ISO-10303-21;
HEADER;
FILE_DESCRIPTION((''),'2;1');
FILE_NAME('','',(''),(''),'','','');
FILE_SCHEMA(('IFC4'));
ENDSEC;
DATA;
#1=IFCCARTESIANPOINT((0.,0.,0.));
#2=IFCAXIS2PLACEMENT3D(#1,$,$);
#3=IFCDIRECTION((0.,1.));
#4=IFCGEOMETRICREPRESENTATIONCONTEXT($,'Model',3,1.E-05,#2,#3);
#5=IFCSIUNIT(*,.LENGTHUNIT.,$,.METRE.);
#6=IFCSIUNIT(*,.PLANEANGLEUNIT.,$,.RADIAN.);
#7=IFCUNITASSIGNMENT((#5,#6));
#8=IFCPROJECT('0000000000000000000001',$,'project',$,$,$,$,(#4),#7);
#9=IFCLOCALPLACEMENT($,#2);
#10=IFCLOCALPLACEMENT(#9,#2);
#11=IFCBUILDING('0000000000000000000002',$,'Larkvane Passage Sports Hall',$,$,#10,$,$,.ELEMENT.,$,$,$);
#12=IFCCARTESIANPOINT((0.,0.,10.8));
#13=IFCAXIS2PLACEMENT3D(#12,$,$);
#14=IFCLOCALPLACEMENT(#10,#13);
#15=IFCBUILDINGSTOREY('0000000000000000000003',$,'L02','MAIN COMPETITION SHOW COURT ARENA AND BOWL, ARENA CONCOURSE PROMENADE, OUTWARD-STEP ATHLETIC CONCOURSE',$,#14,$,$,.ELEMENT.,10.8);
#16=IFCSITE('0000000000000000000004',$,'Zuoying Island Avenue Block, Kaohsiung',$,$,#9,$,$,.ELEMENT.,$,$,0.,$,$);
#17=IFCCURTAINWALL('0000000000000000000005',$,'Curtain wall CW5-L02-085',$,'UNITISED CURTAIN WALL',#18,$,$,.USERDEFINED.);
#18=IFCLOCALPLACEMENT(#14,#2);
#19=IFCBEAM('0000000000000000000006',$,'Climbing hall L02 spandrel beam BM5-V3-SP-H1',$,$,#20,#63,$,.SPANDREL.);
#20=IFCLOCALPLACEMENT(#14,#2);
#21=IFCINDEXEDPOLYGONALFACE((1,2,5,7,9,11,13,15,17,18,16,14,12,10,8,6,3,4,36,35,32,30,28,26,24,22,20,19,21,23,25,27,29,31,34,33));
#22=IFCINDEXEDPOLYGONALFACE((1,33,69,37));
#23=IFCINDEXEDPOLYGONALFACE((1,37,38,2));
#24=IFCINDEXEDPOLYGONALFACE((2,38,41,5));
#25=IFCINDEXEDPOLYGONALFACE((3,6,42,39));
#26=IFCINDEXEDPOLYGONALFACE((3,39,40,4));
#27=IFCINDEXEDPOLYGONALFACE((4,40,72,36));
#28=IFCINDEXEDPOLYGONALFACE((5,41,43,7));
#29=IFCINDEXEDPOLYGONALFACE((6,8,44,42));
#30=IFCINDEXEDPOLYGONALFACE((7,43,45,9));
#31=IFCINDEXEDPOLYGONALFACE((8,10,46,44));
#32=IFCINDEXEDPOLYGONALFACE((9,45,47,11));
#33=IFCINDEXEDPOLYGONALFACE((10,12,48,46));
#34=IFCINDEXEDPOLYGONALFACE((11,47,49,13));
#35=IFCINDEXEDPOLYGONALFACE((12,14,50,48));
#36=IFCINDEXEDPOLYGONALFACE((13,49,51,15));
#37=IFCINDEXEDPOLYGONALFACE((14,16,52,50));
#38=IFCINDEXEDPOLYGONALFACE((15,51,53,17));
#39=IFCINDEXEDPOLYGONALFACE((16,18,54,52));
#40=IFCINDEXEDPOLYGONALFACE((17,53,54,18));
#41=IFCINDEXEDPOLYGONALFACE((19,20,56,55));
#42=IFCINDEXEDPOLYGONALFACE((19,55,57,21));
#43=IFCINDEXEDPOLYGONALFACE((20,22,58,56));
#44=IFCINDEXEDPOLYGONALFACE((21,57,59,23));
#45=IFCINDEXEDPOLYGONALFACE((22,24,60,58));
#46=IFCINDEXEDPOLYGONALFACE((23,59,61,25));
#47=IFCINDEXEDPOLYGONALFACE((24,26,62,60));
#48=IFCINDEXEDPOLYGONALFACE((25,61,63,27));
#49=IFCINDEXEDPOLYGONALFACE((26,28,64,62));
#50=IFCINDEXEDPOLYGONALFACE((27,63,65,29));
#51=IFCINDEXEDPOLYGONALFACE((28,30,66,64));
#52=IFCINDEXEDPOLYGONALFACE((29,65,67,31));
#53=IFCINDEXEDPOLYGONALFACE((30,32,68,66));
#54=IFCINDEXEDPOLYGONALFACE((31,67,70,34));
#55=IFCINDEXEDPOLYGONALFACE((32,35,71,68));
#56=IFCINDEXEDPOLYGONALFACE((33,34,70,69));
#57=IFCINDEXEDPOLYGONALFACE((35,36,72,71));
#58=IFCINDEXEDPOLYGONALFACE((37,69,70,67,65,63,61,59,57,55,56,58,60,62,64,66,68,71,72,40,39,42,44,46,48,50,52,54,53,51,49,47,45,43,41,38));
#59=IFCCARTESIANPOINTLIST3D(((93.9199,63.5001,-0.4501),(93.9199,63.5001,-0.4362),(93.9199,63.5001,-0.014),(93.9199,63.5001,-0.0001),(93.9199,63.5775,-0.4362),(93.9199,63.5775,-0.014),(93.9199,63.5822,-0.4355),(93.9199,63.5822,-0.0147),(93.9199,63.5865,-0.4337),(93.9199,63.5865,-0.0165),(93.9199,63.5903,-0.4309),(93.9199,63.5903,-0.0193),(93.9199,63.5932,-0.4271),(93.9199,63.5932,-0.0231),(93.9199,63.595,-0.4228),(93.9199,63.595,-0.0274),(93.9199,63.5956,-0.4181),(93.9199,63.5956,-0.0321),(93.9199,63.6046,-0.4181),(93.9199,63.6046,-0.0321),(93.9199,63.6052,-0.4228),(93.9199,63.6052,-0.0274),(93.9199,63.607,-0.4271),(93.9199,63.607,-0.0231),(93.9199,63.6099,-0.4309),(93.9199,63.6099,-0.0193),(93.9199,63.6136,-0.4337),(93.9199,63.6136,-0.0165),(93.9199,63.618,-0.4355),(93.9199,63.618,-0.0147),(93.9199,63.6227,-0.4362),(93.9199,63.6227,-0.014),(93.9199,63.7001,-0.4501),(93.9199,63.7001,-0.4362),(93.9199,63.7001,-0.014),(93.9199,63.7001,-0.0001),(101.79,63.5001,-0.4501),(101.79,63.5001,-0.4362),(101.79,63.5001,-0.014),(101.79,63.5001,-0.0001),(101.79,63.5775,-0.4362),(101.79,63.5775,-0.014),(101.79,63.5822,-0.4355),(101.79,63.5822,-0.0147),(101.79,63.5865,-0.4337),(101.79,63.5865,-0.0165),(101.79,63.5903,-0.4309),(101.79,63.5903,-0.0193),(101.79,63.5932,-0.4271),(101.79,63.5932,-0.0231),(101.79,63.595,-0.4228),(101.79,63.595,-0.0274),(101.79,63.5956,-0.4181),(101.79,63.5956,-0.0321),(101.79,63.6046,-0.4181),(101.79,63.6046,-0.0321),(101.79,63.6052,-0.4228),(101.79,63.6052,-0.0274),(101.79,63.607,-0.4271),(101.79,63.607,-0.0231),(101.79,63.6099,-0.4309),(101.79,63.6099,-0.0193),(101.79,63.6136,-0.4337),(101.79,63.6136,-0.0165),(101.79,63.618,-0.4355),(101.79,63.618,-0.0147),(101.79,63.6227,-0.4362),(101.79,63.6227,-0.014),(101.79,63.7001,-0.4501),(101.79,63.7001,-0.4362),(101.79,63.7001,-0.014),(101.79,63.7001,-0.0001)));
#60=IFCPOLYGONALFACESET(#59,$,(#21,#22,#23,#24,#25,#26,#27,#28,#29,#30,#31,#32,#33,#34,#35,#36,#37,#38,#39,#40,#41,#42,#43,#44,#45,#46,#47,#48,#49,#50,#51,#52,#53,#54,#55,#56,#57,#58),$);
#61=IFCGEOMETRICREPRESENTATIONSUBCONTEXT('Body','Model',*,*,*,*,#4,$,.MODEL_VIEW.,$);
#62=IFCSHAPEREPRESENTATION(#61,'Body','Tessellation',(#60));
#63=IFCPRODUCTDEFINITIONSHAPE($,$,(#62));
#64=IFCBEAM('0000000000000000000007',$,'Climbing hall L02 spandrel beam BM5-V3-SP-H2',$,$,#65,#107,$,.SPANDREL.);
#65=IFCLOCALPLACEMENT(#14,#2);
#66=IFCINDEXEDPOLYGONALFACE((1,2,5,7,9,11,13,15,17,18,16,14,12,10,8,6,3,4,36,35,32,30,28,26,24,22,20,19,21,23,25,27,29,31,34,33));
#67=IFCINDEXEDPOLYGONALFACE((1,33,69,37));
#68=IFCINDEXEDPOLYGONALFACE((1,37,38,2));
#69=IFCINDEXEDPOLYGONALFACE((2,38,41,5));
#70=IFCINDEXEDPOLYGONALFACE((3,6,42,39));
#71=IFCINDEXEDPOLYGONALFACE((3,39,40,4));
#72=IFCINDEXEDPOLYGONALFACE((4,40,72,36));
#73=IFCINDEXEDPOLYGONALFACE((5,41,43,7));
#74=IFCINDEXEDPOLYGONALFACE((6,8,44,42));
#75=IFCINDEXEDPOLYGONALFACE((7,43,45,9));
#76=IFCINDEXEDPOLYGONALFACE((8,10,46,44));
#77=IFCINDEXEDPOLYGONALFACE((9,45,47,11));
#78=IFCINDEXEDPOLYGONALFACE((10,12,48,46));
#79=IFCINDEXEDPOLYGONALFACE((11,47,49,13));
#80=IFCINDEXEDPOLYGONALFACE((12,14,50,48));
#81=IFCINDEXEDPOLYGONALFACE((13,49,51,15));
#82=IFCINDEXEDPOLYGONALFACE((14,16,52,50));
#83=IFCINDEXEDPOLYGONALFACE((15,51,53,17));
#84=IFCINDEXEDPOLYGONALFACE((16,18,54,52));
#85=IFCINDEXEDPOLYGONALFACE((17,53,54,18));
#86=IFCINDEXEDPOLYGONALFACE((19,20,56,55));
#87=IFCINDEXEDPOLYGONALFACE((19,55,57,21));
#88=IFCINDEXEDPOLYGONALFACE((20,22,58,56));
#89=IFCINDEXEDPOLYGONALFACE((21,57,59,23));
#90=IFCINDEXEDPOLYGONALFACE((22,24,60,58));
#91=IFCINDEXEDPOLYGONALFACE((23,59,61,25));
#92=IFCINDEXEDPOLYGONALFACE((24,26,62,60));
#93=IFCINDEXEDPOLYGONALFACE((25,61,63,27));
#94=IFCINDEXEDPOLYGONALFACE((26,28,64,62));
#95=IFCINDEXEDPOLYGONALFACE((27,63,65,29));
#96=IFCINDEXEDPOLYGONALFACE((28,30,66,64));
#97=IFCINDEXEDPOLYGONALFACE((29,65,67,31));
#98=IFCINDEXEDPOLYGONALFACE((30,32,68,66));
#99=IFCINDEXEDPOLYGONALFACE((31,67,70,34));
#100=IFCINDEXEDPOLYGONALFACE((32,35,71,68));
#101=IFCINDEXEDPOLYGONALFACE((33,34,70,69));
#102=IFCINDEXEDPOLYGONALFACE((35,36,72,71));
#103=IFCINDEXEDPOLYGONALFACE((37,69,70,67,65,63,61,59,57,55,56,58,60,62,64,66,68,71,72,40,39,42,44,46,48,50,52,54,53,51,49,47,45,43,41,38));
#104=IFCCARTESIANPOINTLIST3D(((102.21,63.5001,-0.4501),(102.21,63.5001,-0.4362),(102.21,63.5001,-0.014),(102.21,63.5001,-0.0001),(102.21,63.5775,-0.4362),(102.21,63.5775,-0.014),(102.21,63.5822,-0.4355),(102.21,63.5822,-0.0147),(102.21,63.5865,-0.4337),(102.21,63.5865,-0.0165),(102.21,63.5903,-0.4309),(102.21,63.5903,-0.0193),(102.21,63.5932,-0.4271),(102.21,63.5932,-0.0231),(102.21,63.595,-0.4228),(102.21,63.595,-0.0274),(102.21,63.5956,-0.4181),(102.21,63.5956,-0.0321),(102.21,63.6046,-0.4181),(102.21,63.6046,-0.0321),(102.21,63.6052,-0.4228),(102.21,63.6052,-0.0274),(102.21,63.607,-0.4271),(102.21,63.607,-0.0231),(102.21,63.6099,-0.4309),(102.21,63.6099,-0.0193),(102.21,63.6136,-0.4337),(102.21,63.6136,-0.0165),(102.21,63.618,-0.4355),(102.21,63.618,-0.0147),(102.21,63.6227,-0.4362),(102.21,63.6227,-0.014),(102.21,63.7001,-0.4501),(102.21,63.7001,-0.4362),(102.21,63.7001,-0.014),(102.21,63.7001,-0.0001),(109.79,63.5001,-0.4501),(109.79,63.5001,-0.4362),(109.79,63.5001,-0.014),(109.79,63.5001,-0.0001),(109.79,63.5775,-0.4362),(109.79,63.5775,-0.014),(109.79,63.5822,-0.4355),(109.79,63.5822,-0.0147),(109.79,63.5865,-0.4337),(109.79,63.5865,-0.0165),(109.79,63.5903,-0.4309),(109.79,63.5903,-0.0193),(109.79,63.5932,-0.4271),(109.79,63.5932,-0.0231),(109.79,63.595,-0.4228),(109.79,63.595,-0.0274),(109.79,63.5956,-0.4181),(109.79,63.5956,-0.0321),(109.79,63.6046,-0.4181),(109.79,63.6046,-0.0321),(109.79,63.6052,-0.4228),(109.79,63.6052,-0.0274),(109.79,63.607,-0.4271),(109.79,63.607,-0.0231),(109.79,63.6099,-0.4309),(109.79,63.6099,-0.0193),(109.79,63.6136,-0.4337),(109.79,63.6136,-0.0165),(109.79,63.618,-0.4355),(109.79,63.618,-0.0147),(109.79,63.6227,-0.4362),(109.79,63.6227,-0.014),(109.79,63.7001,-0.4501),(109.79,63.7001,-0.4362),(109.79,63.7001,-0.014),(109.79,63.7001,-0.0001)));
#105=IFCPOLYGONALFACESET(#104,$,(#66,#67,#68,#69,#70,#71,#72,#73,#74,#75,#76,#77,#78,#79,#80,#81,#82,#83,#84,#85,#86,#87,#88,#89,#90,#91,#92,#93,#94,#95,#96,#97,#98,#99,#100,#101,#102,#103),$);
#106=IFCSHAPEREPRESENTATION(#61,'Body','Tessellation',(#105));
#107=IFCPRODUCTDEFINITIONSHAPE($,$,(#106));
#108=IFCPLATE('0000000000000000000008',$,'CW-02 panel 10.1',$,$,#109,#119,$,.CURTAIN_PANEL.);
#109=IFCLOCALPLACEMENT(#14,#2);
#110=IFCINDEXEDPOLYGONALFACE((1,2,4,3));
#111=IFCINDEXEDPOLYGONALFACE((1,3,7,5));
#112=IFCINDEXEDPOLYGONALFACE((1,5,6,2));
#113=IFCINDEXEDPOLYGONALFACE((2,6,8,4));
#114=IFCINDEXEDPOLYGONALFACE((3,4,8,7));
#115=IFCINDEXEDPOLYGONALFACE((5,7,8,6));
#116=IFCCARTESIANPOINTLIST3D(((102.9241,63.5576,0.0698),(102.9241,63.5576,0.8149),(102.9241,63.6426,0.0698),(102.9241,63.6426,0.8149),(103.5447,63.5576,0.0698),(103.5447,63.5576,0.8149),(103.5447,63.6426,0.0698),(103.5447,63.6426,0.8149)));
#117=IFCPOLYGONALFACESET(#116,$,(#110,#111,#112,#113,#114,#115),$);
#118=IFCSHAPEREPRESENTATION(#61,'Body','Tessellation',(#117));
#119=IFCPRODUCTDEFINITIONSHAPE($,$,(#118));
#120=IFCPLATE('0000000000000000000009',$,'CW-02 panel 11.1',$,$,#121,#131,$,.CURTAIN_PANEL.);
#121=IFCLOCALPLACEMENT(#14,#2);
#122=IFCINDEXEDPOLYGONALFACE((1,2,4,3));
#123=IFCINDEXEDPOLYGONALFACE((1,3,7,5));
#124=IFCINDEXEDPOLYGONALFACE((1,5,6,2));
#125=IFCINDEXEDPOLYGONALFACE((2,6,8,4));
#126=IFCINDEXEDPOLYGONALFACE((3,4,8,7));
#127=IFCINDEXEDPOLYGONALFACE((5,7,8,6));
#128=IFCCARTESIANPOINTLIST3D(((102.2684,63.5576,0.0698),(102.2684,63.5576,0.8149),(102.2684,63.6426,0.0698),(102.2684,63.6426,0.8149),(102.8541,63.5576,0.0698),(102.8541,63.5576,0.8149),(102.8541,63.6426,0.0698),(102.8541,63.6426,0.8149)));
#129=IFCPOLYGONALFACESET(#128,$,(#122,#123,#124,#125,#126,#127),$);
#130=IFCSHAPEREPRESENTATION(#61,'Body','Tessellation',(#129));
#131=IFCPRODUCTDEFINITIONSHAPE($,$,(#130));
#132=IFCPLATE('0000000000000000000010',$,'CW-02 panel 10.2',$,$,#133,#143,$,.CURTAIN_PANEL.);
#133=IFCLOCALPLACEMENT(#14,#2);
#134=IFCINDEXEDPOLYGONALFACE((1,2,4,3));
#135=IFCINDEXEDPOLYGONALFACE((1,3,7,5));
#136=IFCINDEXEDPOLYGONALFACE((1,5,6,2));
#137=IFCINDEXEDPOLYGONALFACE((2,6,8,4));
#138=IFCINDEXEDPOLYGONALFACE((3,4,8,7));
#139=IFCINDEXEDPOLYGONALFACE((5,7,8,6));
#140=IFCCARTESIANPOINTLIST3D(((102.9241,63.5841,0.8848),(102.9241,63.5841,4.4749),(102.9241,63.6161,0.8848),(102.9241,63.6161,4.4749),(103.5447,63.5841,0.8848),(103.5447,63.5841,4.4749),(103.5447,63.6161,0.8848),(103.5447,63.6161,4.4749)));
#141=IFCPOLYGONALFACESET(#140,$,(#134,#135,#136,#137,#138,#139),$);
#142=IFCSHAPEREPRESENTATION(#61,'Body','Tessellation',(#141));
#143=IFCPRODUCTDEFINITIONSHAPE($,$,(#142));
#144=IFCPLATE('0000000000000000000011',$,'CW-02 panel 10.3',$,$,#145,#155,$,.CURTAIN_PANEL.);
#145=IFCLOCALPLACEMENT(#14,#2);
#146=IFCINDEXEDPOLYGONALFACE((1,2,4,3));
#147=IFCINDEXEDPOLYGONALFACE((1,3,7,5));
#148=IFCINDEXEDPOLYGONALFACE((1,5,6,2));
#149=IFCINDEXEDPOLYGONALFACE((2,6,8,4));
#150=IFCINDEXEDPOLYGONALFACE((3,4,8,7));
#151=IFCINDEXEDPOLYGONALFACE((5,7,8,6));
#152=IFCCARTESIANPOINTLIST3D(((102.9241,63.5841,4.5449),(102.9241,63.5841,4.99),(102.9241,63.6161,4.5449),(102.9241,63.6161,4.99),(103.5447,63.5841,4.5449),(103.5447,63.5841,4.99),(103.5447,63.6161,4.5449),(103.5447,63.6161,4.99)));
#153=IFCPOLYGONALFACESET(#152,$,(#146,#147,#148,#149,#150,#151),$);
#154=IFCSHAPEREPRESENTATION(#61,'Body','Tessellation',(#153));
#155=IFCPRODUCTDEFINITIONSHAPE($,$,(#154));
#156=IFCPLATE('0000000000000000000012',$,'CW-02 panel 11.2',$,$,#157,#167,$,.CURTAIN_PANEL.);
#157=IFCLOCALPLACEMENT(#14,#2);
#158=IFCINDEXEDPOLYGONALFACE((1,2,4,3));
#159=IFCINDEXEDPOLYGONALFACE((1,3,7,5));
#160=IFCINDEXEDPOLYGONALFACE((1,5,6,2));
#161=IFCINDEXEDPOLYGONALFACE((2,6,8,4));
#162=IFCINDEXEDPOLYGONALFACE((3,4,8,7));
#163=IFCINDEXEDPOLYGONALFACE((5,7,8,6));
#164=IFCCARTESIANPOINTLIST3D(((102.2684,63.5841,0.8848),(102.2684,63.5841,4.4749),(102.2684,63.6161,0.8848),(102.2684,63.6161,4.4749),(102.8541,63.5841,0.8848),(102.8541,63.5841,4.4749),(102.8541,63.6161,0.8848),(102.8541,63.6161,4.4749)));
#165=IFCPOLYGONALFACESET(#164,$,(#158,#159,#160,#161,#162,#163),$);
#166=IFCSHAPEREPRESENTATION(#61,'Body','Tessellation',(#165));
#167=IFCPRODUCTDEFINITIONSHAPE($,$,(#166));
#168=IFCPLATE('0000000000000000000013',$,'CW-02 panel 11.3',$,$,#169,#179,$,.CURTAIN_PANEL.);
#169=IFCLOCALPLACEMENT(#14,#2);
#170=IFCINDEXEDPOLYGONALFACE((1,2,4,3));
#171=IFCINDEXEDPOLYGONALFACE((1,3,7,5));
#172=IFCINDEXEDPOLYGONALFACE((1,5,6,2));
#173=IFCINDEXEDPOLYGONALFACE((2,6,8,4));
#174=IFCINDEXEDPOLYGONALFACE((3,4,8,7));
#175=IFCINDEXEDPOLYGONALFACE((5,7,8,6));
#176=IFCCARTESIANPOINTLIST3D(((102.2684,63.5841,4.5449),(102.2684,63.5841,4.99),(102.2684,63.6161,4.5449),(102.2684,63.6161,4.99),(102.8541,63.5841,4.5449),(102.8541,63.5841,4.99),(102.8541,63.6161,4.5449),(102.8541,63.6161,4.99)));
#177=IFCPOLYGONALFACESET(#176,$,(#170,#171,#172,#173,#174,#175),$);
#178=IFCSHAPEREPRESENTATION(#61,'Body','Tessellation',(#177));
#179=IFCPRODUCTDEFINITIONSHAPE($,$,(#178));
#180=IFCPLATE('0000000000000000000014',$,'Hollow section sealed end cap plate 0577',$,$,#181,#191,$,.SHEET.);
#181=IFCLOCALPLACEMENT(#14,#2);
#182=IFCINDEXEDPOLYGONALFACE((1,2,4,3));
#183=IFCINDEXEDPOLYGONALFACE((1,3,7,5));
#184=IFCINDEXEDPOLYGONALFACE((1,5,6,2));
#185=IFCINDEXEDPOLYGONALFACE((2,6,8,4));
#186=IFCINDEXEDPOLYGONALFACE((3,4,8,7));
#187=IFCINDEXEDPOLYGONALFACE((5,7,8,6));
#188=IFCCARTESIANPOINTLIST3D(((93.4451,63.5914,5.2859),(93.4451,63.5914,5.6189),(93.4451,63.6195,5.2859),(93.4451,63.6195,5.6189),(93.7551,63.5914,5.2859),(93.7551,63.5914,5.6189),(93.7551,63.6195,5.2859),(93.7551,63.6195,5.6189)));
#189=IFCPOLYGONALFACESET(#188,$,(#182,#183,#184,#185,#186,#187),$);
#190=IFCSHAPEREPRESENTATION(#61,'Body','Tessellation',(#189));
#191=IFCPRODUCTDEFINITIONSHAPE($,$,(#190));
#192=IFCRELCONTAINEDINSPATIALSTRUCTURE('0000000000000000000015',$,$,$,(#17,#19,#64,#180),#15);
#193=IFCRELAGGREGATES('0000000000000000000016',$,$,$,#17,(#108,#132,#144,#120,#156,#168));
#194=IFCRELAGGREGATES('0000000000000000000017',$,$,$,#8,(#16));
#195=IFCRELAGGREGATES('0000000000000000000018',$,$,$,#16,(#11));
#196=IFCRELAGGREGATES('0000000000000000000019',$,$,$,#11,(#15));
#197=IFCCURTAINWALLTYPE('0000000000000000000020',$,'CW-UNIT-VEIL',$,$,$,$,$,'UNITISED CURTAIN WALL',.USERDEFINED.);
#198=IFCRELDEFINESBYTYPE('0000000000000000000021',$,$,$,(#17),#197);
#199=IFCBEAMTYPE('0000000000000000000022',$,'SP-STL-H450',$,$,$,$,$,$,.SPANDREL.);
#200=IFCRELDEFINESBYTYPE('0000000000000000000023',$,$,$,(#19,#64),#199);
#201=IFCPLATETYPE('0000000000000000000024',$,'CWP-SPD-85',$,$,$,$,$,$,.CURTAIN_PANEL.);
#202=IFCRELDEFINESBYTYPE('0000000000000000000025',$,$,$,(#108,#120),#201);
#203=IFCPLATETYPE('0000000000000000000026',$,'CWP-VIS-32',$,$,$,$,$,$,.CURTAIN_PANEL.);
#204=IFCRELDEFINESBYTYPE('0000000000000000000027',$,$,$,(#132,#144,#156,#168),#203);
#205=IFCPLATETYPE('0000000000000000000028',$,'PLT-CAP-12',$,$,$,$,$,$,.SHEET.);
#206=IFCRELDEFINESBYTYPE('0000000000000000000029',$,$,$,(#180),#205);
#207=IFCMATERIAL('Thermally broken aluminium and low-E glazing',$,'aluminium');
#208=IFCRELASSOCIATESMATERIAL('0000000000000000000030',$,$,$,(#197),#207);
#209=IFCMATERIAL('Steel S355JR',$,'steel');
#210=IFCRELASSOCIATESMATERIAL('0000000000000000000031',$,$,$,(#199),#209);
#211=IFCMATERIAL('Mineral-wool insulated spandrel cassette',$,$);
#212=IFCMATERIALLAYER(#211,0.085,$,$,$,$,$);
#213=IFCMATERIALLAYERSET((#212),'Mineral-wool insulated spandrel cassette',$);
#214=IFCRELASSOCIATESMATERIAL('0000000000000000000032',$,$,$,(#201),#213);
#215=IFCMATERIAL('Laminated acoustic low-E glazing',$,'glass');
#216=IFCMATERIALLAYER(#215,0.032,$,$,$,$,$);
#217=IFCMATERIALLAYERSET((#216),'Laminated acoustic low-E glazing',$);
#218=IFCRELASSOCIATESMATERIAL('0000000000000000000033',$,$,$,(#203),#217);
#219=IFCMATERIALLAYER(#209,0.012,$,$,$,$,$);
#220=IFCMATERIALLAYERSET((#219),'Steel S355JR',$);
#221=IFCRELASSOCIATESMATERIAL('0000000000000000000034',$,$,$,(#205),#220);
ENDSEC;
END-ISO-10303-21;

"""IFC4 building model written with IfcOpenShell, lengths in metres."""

from ifc_helpers import new_model, si_unit, direction, frame, origin, origin_2d, place, context, subcontext, project, spatial, rectangle, i_section, extrude, material, layer, layer_set, material_profile, profile_set, type_object, element, aggregate, save


model = new_model("IFC4")

# Units and contexts
model_context = context("Model", 3, precision=1e-05, world=origin(), true_north=direction((0.0, 1.0)))
body_context = subcontext(model_context, "Body", "Model", "MODEL_VIEW")
ifc_project = project(units=[si_unit("LENGTHUNIT", "METRE"), si_unit("PLANEANGLEUNIT", "RADIAN")], contexts=[model_context])

# Site, building, storey
site_placement = place(None, origin())
site = spatial("IfcSite", under=ifc_project, at=site_placement, Name="Zuoying Island Avenue Block, Kaohsiung", CompositionType="ELEMENT", RefElevation=0.0)
building_placement = place(site_placement, origin())
building = spatial("IfcBuilding", under=site, at=building_placement, Name="Larkvane Passage Sports Hall", CompositionType="ELEMENT")
storey_placement = place(building_placement, frame((0.0, 0.0, 10.8)))
storey = spatial("IfcBuildingStorey", under=building, at=storey_placement, Name="L02", Description="MAIN COMPETITION SHOW COURT ARENA AND BOWL, ARENA CONCOURSE PROMENADE, OUTWARD-STEP ATHLETIC CONCOURSE", CompositionType="ELEMENT", Elevation=10.8)

# Shared definitions
ifc_material_1 = material(Name="Steel S355JR", Category="steel")

# Curtain wall
ifc_material_2 = material(Name="Thermally broken aluminium and low-E glazing", Category="aluminium")
curtain_wall_type = type_object("IfcCurtainWallType", Name="CW-UNIT-VEIL", ElementType="UNITISED CURTAIN WALL", PredefinedType="USERDEFINED", material=ifc_material_2)
curtain_wall_placement = place(storey_placement, origin())
curtain_wall = element("IfcCurtainWall", 1, at=curtain_wall_placement, inside=storey, type_object=curtain_wall_type, Name="Curtain wall CW5-L02-085", ObjectType="UNITISED CURTAIN WALL", PredefinedType="USERDEFINED")

# Beams
ifc_material_profile_1 = material_profile(ifc_material_1, i_section(OverallWidth=0.2, OverallDepth=0.45, WebThickness=0.009, FlangeThickness=0.0139, FilletRadius=0.0181, at=origin_2d()), Name="H-450x200x9x14")
ifc_profile_set_1 = profile_set([ifc_material_profile_1], Name="Steel S355JR")
beam_type_1 = type_object("IfcBeamType", Name="SP-STL-H450", PredefinedType="SPANDREL", material=ifc_profile_set_1)
beam_1_placement = place(storey_placement, frame((93.9199, 63.6001, -0.2251), z_axis=(1.0, 0.0, 0.0), x_axis=(0.0, 1.0, 0.0)))
element("IfcBeam", 2, at=beam_1_placement, inside=storey, type_object=beam_type_1, Name="Climbing hall L02 spandrel beam BM5-V3-SP-H1", PredefinedType="SPANDREL", context=body_context, shape_type="SweptSolid", body=[
    extrude(i_section(OverallWidth=0.2, OverallDepth=0.45, WebThickness=0.009, FlangeThickness=0.0139, FilletRadius=0.0181, at=origin_2d()), origin(), (0.0, 0.0, 1.0), 7.8701),
])
beam_2_placement = place(storey_placement, frame((102.21, 63.6001, -0.2251), z_axis=(1.0, 0.0, 0.0), x_axis=(0.0, 1.0, 0.0)))
element("IfcBeam", 3, at=beam_2_placement, inside=storey, type_object=beam_type_1, Name="Climbing hall L02 spandrel beam BM5-V3-SP-H2", PredefinedType="SPANDREL", context=body_context, shape_type="SweptSolid", body=[
    extrude(i_section(OverallWidth=0.2, OverallDepth=0.45, WebThickness=0.009, FlangeThickness=0.0139, FilletRadius=0.0181, at=origin_2d()), origin(), (0.0, 0.0, 1.0), 7.5801),
])

# Plates
ifc_material_3 = material(Name="Mineral-wool insulated spandrel cassette")
ifc_layer_1 = layer(ifc_material_3, 0.085)
ifc_layer_set_1 = layer_set([ifc_layer_1], Name="Mineral-wool insulated spandrel cassette")
plate_type_1 = type_object("IfcPlateType", Name="CWP-SPD-85", PredefinedType="CURTAIN_PANEL", material=ifc_layer_set_1)
plate_1_placement = place(storey_placement, frame((103.2344, 63.6001, 0.0698), z_axis=(0.0, 0.0, 1.0), x_axis=(-1.0, 0.0, 0.0)))
plate_1 = element("IfcPlate", 4, at=plate_1_placement, type_object=plate_type_1, Name="CW-02 panel 10.1", PredefinedType="CURTAIN_PANEL", context=body_context, shape_type="SweptSolid", body=[
    extrude(rectangle(XDim=0.6206, YDim=0.085, at=origin_2d()), origin(), (0.0, 0.0, 1.0), 0.7451),
])
plate_2_placement = place(storey_placement, frame((102.5613, 63.6001, 0.0698), z_axis=(0.0, 0.0, 1.0), x_axis=(-1.0, 0.0, 0.0)))
plate_2 = element("IfcPlate", 5, at=plate_2_placement, type_object=plate_type_1, Name="CW-02 panel 11.1", PredefinedType="CURTAIN_PANEL", context=body_context, shape_type="SweptSolid", body=[
    extrude(rectangle(XDim=0.5857, YDim=0.085, at=origin_2d()), origin(), (0.0, 0.0, 1.0), 0.7451),
])
ifc_material_4 = material(Name="Laminated acoustic low-E glazing", Category="glass")
ifc_layer_2 = layer(ifc_material_4, 0.032)
ifc_layer_set_2 = layer_set([ifc_layer_2], Name="Laminated acoustic low-E glazing")
plate_type_2 = type_object("IfcPlateType", Name="CWP-VIS-32", PredefinedType="CURTAIN_PANEL", material=ifc_layer_set_2)
plate_3_placement = place(storey_placement, frame((103.2344, 63.6001, 0.8848), z_axis=(0.0, 0.0, 1.0), x_axis=(-1.0, 0.0, 0.0)))
plate_3 = element("IfcPlate", 6, at=plate_3_placement, type_object=plate_type_2, Name="CW-02 panel 10.2", PredefinedType="CURTAIN_PANEL", context=body_context, shape_type="SweptSolid", body=[
    extrude(rectangle(XDim=0.6206, YDim=0.032, at=origin_2d()), origin(), (0.0, 0.0, 1.0), 3.5901),
])
plate_4_placement = place(storey_placement, frame((103.2344, 63.6001, 4.5449), z_axis=(0.0, 0.0, 1.0), x_axis=(-1.0, 0.0, 0.0)))
plate_4 = element("IfcPlate", 7, at=plate_4_placement, type_object=plate_type_2, Name="CW-02 panel 10.3", PredefinedType="CURTAIN_PANEL", context=body_context, shape_type="SweptSolid", body=[
    extrude(rectangle(XDim=0.6206, YDim=0.032, at=origin_2d()), origin(), (0.0, 0.0, 1.0), 0.4451),
])
plate_5_placement = place(storey_placement, frame((102.5613, 63.6001, 0.8848), z_axis=(0.0, 0.0, 1.0), x_axis=(-1.0, 0.0, 0.0)))
plate_5 = element("IfcPlate", 8, at=plate_5_placement, type_object=plate_type_2, Name="CW-02 panel 11.2", PredefinedType="CURTAIN_PANEL", context=body_context, shape_type="SweptSolid", body=[
    extrude(rectangle(XDim=0.5857, YDim=0.032, at=origin_2d()), origin(), (0.0, 0.0, 1.0), 3.5901),
])
plate_6_placement = place(storey_placement, frame((102.5613, 63.6001, 4.5449), z_axis=(0.0, 0.0, 1.0), x_axis=(-1.0, 0.0, 0.0)))
plate_6 = element("IfcPlate", 9, at=plate_6_placement, type_object=plate_type_2, Name="CW-02 panel 11.3", PredefinedType="CURTAIN_PANEL", context=body_context, shape_type="SweptSolid", body=[
    extrude(rectangle(XDim=0.5857, YDim=0.032, at=origin_2d()), origin(), (0.0, 0.0, 1.0), 0.4451),
])
aggregate(curtain_wall, [plate_1, plate_3, plate_4, plate_2, plate_5, plate_6])
ifc_layer_3 = layer(ifc_material_1, 0.012)
ifc_layer_set_3 = layer_set([ifc_layer_3], Name="Steel S355JR")
plate_type_3 = type_object("IfcPlateType", Name="PLT-CAP-12", PredefinedType="SHEET", material=ifc_layer_set_3)
plate_7_placement = place(storey_placement, frame((93.6001, 63.6055, 5.2859), z_axis=(0.0, 0.0, 1.0), x_axis=(-1.0, 0.0, 0.0)))
element("IfcPlate", 10, at=plate_7_placement, inside=storey, type_object=plate_type_3, Name="Hollow section sealed end cap plate 0577", PredefinedType="SHEET", context=body_context, shape_type="SweptSolid", body=[
    extrude(rectangle(XDim=0.3101, YDim=0.0281, at=origin_2d()), origin(), (0.0, 0.0, 1.0), 0.333),
])

save(model, "model.ifc")
